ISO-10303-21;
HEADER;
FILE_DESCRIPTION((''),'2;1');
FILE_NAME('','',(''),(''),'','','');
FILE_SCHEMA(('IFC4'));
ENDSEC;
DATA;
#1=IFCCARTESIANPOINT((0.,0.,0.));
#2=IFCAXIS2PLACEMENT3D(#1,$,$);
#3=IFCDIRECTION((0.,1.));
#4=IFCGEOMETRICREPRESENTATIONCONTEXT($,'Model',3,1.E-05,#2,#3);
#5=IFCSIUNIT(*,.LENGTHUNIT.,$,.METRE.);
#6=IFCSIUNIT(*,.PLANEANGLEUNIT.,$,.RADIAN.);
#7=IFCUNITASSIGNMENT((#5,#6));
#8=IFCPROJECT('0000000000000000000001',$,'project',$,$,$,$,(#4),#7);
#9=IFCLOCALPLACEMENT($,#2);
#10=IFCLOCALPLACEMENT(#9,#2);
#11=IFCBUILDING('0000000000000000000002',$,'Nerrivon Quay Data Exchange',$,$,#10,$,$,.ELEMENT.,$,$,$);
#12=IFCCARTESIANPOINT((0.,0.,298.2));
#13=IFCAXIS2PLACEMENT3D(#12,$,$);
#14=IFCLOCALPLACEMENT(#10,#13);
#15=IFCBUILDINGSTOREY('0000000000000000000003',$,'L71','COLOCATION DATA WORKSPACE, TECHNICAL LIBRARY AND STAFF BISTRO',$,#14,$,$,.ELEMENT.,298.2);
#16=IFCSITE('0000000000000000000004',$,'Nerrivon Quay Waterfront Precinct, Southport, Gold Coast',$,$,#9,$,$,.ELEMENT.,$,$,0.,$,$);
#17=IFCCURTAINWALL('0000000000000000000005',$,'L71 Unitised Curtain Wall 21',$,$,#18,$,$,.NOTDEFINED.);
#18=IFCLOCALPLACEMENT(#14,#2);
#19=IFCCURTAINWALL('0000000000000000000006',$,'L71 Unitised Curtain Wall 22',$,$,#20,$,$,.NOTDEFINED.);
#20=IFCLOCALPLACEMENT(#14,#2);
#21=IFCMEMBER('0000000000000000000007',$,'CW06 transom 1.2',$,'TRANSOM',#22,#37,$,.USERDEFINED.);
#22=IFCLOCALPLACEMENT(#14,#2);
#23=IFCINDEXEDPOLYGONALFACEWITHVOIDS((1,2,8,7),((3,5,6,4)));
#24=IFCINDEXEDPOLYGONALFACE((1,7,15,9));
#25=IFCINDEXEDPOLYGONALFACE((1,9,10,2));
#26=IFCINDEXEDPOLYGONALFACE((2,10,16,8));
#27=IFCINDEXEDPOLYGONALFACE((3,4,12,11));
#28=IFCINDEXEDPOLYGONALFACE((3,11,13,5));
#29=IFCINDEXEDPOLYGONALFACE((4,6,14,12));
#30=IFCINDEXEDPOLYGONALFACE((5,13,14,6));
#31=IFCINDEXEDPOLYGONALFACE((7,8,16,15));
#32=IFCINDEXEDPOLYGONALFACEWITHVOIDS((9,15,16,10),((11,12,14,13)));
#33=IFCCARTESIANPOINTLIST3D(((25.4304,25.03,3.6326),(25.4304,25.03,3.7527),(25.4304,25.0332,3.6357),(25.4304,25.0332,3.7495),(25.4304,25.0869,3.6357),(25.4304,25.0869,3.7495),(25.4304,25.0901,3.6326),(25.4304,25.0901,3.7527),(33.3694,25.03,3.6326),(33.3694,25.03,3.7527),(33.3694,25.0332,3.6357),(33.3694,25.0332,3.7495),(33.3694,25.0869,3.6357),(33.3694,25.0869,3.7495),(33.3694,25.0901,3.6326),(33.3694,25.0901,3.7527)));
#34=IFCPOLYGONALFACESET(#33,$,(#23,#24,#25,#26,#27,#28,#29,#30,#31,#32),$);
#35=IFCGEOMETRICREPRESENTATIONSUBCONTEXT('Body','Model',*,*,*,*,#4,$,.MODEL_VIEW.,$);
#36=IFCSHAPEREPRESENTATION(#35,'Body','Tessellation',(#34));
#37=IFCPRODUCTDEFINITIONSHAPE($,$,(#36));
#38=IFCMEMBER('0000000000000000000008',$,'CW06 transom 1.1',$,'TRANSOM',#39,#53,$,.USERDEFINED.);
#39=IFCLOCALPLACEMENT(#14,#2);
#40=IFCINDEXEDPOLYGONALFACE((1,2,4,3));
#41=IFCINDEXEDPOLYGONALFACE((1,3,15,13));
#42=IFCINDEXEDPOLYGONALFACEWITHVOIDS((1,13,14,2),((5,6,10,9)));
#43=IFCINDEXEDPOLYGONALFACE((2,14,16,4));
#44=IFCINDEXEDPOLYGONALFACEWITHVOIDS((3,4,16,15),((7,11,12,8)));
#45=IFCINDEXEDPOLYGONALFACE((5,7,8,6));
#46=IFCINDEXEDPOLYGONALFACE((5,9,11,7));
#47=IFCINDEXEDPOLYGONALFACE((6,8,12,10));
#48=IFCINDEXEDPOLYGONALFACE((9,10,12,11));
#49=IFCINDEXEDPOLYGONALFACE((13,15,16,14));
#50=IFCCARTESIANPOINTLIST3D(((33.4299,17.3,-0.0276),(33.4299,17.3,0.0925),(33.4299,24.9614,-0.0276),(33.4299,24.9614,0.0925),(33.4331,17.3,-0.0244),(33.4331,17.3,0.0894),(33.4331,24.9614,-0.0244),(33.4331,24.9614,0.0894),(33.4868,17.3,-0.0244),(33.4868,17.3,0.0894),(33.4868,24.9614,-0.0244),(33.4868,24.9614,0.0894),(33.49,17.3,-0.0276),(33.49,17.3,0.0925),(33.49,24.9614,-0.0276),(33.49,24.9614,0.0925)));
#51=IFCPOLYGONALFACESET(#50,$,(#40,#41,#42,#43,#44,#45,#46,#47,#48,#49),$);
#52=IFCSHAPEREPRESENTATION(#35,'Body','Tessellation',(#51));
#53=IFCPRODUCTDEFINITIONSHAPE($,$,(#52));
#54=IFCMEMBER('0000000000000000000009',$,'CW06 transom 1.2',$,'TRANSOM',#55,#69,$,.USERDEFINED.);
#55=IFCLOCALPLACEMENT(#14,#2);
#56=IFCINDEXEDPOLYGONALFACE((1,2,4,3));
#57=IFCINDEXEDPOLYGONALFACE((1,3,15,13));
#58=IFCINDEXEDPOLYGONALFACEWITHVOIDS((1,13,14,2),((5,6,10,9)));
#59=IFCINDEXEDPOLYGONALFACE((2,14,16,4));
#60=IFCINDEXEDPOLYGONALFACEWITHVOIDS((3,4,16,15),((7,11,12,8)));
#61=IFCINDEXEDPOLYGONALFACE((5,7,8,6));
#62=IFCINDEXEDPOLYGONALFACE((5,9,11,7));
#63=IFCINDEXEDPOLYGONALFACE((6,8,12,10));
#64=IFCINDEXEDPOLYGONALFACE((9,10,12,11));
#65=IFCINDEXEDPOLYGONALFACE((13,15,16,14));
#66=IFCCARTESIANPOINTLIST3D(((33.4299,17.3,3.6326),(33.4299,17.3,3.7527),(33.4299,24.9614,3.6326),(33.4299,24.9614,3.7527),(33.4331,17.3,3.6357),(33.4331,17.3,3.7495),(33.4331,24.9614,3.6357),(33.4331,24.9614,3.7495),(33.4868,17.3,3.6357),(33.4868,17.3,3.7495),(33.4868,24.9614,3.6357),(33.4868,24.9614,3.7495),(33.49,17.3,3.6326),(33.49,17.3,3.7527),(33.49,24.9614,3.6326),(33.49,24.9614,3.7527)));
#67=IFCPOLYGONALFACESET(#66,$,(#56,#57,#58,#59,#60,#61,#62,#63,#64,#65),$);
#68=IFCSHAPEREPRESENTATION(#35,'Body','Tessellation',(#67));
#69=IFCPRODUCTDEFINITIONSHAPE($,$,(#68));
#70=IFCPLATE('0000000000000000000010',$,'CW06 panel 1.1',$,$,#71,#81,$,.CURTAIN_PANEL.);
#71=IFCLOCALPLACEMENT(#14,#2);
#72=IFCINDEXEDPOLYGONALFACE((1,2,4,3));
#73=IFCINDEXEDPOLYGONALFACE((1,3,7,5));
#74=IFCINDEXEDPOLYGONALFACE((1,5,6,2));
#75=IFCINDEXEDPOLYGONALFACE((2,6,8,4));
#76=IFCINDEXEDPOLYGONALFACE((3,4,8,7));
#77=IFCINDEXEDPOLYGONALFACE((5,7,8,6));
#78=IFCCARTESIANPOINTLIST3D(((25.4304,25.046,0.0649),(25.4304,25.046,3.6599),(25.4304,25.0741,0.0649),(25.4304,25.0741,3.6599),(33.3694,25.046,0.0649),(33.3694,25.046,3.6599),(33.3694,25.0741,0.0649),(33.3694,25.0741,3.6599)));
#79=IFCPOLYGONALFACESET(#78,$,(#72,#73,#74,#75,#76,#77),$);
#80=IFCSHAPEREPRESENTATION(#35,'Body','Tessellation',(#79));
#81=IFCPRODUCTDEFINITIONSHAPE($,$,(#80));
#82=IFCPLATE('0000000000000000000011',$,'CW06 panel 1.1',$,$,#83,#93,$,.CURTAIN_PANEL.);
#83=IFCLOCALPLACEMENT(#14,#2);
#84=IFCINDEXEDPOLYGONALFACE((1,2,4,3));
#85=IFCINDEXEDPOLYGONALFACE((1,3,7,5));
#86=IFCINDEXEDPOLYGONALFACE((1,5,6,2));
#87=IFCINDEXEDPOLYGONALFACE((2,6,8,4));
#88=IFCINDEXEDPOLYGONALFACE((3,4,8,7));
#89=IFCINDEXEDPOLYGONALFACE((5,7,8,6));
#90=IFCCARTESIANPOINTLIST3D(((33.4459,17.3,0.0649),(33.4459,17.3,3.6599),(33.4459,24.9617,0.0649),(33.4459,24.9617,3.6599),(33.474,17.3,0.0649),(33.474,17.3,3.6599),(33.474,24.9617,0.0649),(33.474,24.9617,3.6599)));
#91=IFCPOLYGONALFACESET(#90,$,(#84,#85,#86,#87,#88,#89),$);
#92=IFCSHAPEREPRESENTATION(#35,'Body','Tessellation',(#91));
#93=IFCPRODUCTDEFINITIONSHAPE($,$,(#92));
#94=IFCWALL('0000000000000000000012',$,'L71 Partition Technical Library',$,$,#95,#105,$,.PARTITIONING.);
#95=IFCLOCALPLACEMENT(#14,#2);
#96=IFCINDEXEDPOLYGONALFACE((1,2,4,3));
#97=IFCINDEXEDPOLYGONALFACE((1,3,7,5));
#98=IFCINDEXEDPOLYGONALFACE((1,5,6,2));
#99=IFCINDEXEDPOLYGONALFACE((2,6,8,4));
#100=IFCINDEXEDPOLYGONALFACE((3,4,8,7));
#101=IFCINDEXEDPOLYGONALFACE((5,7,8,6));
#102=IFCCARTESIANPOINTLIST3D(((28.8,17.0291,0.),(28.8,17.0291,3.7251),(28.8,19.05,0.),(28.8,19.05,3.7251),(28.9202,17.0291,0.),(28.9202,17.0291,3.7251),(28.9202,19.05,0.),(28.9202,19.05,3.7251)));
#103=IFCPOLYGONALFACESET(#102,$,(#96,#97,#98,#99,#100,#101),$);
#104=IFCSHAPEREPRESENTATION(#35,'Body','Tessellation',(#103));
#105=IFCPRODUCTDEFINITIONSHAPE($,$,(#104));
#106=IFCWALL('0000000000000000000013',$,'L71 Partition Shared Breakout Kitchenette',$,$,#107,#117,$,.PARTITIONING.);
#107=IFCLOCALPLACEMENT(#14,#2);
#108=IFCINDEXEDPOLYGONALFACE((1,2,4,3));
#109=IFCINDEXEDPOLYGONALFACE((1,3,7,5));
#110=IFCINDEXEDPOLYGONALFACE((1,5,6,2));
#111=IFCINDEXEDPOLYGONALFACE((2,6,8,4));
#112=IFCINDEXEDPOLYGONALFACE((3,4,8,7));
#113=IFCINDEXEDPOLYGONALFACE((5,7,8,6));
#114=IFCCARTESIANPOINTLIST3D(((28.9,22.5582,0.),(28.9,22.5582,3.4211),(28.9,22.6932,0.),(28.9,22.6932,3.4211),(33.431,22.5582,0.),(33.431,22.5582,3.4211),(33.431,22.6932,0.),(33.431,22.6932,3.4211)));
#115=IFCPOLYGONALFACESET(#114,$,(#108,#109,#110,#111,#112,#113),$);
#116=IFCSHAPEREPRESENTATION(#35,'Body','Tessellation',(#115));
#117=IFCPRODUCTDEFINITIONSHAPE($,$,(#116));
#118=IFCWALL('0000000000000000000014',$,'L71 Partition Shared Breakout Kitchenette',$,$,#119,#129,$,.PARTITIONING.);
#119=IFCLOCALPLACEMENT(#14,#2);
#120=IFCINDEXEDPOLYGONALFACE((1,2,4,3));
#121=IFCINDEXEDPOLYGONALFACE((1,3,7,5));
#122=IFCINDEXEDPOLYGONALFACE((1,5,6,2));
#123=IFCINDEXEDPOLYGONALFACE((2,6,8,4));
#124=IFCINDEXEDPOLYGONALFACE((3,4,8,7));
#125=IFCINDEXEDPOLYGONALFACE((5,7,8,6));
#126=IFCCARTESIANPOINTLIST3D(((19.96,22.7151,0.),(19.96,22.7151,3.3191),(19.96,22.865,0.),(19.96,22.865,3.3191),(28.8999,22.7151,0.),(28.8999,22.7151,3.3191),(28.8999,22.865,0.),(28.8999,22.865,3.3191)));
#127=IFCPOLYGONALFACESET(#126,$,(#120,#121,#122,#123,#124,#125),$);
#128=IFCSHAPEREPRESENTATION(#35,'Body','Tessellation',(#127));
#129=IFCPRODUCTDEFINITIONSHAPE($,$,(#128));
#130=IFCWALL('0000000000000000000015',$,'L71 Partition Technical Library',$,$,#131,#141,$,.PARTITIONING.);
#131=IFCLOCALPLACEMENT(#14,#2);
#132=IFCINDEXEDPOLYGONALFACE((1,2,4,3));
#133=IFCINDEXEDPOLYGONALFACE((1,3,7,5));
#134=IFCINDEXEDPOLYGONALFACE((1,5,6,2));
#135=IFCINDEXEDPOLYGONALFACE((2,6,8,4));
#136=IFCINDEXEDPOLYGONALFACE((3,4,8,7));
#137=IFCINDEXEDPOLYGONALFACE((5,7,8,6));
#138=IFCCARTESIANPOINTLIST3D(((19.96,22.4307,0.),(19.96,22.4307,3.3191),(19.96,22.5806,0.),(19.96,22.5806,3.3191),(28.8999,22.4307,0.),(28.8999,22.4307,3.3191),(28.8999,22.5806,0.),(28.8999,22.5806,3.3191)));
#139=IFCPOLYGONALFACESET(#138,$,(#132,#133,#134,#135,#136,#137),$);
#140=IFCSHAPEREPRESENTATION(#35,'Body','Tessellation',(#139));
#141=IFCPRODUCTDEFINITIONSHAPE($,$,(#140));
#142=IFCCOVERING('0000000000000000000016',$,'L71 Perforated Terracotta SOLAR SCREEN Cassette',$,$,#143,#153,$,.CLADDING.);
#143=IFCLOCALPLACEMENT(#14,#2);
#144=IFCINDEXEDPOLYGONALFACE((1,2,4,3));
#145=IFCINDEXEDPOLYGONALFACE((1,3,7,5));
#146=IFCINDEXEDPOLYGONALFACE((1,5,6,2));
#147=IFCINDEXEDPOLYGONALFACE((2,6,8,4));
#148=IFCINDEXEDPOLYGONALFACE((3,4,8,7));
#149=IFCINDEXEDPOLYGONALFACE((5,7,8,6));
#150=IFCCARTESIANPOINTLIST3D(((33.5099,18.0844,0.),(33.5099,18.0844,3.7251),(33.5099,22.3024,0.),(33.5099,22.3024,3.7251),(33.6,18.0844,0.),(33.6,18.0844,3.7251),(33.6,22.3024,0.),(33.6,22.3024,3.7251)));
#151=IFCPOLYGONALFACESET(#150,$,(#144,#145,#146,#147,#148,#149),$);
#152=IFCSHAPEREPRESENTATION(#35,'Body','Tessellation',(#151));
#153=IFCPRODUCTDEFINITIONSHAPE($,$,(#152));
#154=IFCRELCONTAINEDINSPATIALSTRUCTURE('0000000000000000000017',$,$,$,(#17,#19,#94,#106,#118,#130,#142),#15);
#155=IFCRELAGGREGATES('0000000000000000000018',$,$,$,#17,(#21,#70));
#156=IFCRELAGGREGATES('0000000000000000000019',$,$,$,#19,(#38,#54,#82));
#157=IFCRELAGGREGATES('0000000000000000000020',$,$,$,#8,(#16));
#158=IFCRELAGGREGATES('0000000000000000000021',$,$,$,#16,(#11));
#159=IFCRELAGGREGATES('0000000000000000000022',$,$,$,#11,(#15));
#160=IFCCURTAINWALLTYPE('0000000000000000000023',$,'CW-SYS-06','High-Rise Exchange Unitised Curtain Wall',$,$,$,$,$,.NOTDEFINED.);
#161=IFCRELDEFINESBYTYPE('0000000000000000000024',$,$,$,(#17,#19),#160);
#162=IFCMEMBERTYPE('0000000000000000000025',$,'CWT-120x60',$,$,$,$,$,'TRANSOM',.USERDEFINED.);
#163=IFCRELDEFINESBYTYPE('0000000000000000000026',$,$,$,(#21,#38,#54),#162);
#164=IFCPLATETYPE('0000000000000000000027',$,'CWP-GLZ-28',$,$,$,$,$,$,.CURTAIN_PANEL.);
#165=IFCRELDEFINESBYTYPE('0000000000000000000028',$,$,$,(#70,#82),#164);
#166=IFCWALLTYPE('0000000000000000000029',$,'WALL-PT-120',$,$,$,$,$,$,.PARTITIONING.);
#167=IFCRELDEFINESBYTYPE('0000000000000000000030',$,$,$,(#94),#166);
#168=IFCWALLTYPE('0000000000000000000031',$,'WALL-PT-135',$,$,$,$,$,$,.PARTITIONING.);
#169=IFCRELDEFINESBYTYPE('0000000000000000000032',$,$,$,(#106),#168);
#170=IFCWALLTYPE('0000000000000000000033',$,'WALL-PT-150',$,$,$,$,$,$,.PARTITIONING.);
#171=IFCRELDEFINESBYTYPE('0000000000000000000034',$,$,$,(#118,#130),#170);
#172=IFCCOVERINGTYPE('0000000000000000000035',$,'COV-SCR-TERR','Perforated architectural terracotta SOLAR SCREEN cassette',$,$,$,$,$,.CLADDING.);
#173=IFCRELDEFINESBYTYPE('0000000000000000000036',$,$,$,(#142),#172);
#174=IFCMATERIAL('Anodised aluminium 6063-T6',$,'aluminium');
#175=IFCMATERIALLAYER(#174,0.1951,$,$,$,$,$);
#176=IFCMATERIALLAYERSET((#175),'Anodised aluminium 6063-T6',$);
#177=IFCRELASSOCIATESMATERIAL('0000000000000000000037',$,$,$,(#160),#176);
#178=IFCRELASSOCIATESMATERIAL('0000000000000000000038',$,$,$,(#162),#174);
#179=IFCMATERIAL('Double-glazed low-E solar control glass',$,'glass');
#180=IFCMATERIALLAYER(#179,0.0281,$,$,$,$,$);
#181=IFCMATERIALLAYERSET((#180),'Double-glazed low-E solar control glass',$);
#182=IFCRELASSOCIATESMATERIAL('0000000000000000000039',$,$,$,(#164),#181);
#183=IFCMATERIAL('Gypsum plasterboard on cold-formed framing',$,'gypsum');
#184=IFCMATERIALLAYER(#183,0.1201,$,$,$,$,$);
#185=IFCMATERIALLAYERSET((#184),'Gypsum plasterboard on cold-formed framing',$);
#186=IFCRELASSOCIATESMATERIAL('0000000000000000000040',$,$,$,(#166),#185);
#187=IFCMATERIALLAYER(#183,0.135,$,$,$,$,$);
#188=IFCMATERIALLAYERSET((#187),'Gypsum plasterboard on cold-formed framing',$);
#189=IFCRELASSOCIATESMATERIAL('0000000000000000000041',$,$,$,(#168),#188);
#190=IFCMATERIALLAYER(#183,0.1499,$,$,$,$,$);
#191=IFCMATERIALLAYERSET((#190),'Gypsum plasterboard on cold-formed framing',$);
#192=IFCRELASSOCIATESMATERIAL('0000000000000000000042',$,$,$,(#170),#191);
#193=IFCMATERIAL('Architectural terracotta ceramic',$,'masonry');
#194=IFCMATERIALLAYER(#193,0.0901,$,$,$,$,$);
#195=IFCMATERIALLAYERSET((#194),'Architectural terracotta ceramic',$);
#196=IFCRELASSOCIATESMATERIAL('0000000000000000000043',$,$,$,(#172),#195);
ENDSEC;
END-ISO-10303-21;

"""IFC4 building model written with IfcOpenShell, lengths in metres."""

from ifc_helpers import new_model, si_unit, direction, frame, frame_2d, origin, origin_2d, place, context, subcontext, project, spatial, rectangle, hollow_rectangle, extrude, material, layer, layer_set, material_profile, profile_set, type_object, element, aggregate, save


model = new_model("IFC4")

# Units and contexts
model_context = context("Model", 3, precision=1e-05, world=origin(), true_north=direction((0.0, 1.0)))
body_context = subcontext(model_context, "Body", "Model", "MODEL_VIEW")
ifc_project = project(units=[si_unit("LENGTHUNIT", "METRE"), si_unit("PLANEANGLEUNIT", "RADIAN")], contexts=[model_context])

# Site, building, storey
site_placement = place(None, origin())
site = spatial("IfcSite", under=ifc_project, at=site_placement, Name="Nerrivon Quay Waterfront Precinct, Southport, Gold Coast", CompositionType="ELEMENT", RefElevation=0.0)
building_placement = place(site_placement, origin())
building = spatial("IfcBuilding", under=site, at=building_placement, Name="Nerrivon Quay Data Exchange", CompositionType="ELEMENT")
storey_placement = place(building_placement, frame((0.0, 0.0, 298.2)))
storey = spatial("IfcBuildingStorey", under=building, at=storey_placement, Name="L71", Description="COLOCATION DATA WORKSPACE, TECHNICAL LIBRARY AND STAFF BISTRO", CompositionType="ELEMENT", Elevation=298.2)

# Curtain wall
ifc_material_1 = material(Name="Anodised aluminium 6063-T6", Category="aluminium")
ifc_layer_1 = layer(ifc_material_1, 0.1951)
ifc_layer_set_1 = layer_set([ifc_layer_1], Name="Anodised aluminium 6063-T6")
curtain_wall_type = type_object("IfcCurtainWallType", Name="CW-SYS-06", Description="High-Rise Exchange Unitised Curtain Wall", PredefinedType="NOTDEFINED", material=ifc_layer_set_1)
curtain_wall_1_placement = place(storey_placement, origin())
curtain_wall_1 = element("IfcCurtainWall", 1, at=curtain_wall_1_placement, inside=storey, type_object=curtain_wall_type, Name="L71 Unitised Curtain Wall 21", PredefinedType="NOTDEFINED")

# Curtain wall
curtain_wall_2_placement = place(storey_placement, origin())
curtain_wall_2 = element("IfcCurtainWall", 2, at=curtain_wall_2_placement, inside=storey, type_object=curtain_wall_type, Name="L71 Unitised Curtain Wall 22", PredefinedType="NOTDEFINED")

# Members
ifc_material_profile_1 = material_profile(ifc_material_1, hollow_rectangle(XDim=0.0601, YDim=0.1201, WallThickness=0.0032, at=origin_2d()), Name="ALU-TRAN-120x60")
ifc_profile_set_1 = profile_set([ifc_material_profile_1], Name="Anodised aluminium 6063-T6")
member_type_1 = type_object("IfcMemberType", Name="CWT-120x60", ElementType="TRANSOM", PredefinedType="USERDEFINED", material=ifc_profile_set_1)
member_1_placement = place(storey_placement, frame((25.4304, 25.0601, 3.6926), z_axis=(1.0, 0.0, 0.0), x_axis=(0.0, 1.0, 0.0)))
member_1 = element("IfcMember", 3, at=member_1_placement, type_object=member_type_1, Name="CW06 transom 1.2", ObjectType="TRANSOM", PredefinedType="USERDEFINED", context=body_context, shape_type="SweptSolid", body=[
    extrude(hollow_rectangle(XDim=0.0601, YDim=0.1201, WallThickness=0.0032, at=origin_2d()), origin(), (0.0, 0.0, 1.0), 7.939),
])
member_2_placement = place(storey_placement, frame((33.46, 24.9614, 0.0325), z_axis=(0.0, -1.0, 0.0), x_axis=(1.0, 0.0, 0.0)))
member_2 = element("IfcMember", 4, at=member_2_placement, type_object=member_type_1, Name="CW06 transom 1.1", ObjectType="TRANSOM", PredefinedType="USERDEFINED", context=body_context, shape_type="SweptSolid", body=[
    extrude(hollow_rectangle(XDim=0.0601, YDim=0.1201, WallThickness=0.0032, at=origin_2d()), origin(), (0.0, 0.0, 1.0), 7.6614),
])
member_3_placement = place(storey_placement, frame((33.46, 24.9614, 3.6926), z_axis=(0.0, -1.0, 0.0), x_axis=(1.0, 0.0, 0.0)))
member_3 = element("IfcMember", 5, at=member_3_placement, type_object=member_type_1, Name="CW06 transom 1.2", ObjectType="TRANSOM", PredefinedType="USERDEFINED", context=body_context, shape_type="SweptSolid", body=[
    extrude(hollow_rectangle(XDim=0.0601, YDim=0.1201, WallThickness=0.0032, at=origin_2d()), origin(), (0.0, 0.0, 1.0), 7.6614),
])

# Plates
ifc_material_2 = material(Name="Double-glazed low-E solar control glass", Category="glass")
ifc_layer_2 = layer(ifc_material_2, 0.0281)
ifc_layer_set_2 = layer_set([ifc_layer_2], Name="Double-glazed low-E solar control glass")
plate_type = type_object("IfcPlateType", Name="CWP-GLZ-28", PredefinedType="CURTAIN_PANEL", material=ifc_layer_set_2)
plate_1_placement = place(storey_placement, frame((29.3999, 25.0601, 0.0649), z_axis=(0.0, 0.0, 1.0), x_axis=(1.0, 0.0, 0.0)))
plate_1 = element("IfcPlate", 6, at=plate_1_placement, type_object=plate_type, Name="CW06 panel 1.1", PredefinedType="CURTAIN_PANEL", context=body_context, shape_type="SweptSolid", body=[
    extrude(rectangle(XDim=7.939, YDim=0.0281, at=origin_2d()), origin(), (0.0, 0.0, 1.0), 3.595),
])
aggregate(curtain_wall_1, [member_1, plate_1])
plate_2_placement = place(storey_placement, frame((33.46, 21.1309, 0.0649), z_axis=(0.0, 0.0, 1.0), x_axis=(0.0, -1.0, 0.0)))
plate_2 = element("IfcPlate", 7, at=plate_2_placement, type_object=plate_type, Name="CW06 panel 1.1", PredefinedType="CURTAIN_PANEL", context=body_context, shape_type="SweptSolid", body=[
    extrude(rectangle(XDim=7.6616, YDim=0.0281, at=origin_2d()), origin(), (0.0, 0.0, 1.0), 3.595),
])
aggregate(curtain_wall_2, [member_2, member_3, plate_2])

# Shared definitions
ifc_material_3 = material(Name="Gypsum plasterboard on cold-formed framing", Category="gypsum")
ifc_layer_3 = layer(ifc_material_3, 0.1201)
ifc_layer_set_3 = layer_set([ifc_layer_3], Name="Gypsum plasterboard on cold-formed framing")
wall_type_1 = type_object("IfcWallType", Name="WALL-PT-120", PredefinedType="PARTITIONING", material=ifc_layer_set_3)

# Walls
wall_1_placement = place(storey_placement, frame((28.8601, 19.05, 0.0), z_axis=(0.0, 0.0, 1.0), x_axis=(0.0, -1.0, 0.0)))
element("IfcWall", 8, at=wall_1_placement, inside=storey, type_object=wall_type_1, Name="L71 Partition Technical Library", PredefinedType="PARTITIONING", context=body_context, shape_type="SweptSolid", body=[
    extrude(rectangle(XDim=2.021, YDim=0.1201, at=frame_2d((1.0105, 0.0))), origin(), (0.0, 0.0, 1.0), 3.7251),
])
ifc_layer_4 = layer(ifc_material_3, 0.135)
ifc_layer_set_4 = layer_set([ifc_layer_4], Name="Gypsum plasterboard on cold-formed framing")
wall_type_2 = type_object("IfcWallType", Name="WALL-PT-135", PredefinedType="PARTITIONING", material=ifc_layer_set_4)
wall_2_placement = place(storey_placement, frame((28.8999, 22.6257, 0.0), z_axis=(0.0, 0.0, 1.0), x_axis=(1.0, 0.0, 0.0)))
element("IfcWall", 9, at=wall_2_placement, inside=storey, type_object=wall_type_2, Name="L71 Partition Shared Breakout Kitchenette", PredefinedType="PARTITIONING", context=body_context, shape_type="SweptSolid", body=[
    extrude(rectangle(XDim=4.531, YDim=0.135, at=frame_2d((2.2656, 0.0))), origin(), (0.0, 0.0, 1.0), 3.4211),
])
ifc_layer_5 = layer(ifc_material_3, 0.1499)
ifc_layer_set_5 = layer_set([ifc_layer_5], Name="Gypsum plasterboard on cold-formed framing")
wall_type_3 = type_object("IfcWallType", Name="WALL-PT-150", PredefinedType="PARTITIONING", material=ifc_layer_set_5)
for number, where, z_axis, x_axis, name in (
    (10, (28.8999, 22.79, 0.0), (0.0, 0.0, 1.0), (-1.0, 0.0, 0.0), "L71 Partition Shared Breakout Kitchenette"),
    (11, (28.8999, 22.5056, 0.0), (0.0, 0.0, 1.0), (-1.0, 0.0, 0.0), "L71 Partition Technical Library"),
):
    element("IfcWall", number, at=place(storey_placement, frame(where, z_axis=z_axis, x_axis=x_axis)), inside=storey, type_object=wall_type_3, Name=name, PredefinedType="PARTITIONING", context=body_context, shape_type="SweptSolid", body=[
        extrude(rectangle(XDim=8.9399, YDim=0.1499, at=frame_2d((4.47, 0.0))), origin(), (0.0, 0.0, 1.0), 3.3191),
    ])

# Covering
ifc_material_4 = material(Name="Architectural terracotta ceramic", Category="masonry")
ifc_layer_6 = layer(ifc_material_4, 0.0901)
ifc_layer_set_6 = layer_set([ifc_layer_6], Name="Architectural terracotta ceramic")
covering_type = type_object("IfcCoveringType", Name="COV-SCR-TERR", Description="Perforated architectural terracotta SOLAR SCREEN cassette", PredefinedType="CLADDING", material=ifc_layer_set_6)
covering_placement = place(storey_placement, frame((33.5549, 20.1934, 0.0), z_axis=(0.0, 0.0, 1.0), x_axis=(0.0, -1.0, 0.0)))
element("IfcCovering", 12, at=covering_placement, inside=storey, type_object=covering_type, Name="L71 Perforated Terracotta SOLAR SCREEN Cassette", PredefinedType="CLADDING", context=body_context, shape_type="SweptSolid", body=[
    extrude(rectangle(XDim=4.218, YDim=0.0901, at=origin_2d()), origin(), (0.0, 0.0, 1.0), 3.7251),
])

save(model, "model.ifc")
